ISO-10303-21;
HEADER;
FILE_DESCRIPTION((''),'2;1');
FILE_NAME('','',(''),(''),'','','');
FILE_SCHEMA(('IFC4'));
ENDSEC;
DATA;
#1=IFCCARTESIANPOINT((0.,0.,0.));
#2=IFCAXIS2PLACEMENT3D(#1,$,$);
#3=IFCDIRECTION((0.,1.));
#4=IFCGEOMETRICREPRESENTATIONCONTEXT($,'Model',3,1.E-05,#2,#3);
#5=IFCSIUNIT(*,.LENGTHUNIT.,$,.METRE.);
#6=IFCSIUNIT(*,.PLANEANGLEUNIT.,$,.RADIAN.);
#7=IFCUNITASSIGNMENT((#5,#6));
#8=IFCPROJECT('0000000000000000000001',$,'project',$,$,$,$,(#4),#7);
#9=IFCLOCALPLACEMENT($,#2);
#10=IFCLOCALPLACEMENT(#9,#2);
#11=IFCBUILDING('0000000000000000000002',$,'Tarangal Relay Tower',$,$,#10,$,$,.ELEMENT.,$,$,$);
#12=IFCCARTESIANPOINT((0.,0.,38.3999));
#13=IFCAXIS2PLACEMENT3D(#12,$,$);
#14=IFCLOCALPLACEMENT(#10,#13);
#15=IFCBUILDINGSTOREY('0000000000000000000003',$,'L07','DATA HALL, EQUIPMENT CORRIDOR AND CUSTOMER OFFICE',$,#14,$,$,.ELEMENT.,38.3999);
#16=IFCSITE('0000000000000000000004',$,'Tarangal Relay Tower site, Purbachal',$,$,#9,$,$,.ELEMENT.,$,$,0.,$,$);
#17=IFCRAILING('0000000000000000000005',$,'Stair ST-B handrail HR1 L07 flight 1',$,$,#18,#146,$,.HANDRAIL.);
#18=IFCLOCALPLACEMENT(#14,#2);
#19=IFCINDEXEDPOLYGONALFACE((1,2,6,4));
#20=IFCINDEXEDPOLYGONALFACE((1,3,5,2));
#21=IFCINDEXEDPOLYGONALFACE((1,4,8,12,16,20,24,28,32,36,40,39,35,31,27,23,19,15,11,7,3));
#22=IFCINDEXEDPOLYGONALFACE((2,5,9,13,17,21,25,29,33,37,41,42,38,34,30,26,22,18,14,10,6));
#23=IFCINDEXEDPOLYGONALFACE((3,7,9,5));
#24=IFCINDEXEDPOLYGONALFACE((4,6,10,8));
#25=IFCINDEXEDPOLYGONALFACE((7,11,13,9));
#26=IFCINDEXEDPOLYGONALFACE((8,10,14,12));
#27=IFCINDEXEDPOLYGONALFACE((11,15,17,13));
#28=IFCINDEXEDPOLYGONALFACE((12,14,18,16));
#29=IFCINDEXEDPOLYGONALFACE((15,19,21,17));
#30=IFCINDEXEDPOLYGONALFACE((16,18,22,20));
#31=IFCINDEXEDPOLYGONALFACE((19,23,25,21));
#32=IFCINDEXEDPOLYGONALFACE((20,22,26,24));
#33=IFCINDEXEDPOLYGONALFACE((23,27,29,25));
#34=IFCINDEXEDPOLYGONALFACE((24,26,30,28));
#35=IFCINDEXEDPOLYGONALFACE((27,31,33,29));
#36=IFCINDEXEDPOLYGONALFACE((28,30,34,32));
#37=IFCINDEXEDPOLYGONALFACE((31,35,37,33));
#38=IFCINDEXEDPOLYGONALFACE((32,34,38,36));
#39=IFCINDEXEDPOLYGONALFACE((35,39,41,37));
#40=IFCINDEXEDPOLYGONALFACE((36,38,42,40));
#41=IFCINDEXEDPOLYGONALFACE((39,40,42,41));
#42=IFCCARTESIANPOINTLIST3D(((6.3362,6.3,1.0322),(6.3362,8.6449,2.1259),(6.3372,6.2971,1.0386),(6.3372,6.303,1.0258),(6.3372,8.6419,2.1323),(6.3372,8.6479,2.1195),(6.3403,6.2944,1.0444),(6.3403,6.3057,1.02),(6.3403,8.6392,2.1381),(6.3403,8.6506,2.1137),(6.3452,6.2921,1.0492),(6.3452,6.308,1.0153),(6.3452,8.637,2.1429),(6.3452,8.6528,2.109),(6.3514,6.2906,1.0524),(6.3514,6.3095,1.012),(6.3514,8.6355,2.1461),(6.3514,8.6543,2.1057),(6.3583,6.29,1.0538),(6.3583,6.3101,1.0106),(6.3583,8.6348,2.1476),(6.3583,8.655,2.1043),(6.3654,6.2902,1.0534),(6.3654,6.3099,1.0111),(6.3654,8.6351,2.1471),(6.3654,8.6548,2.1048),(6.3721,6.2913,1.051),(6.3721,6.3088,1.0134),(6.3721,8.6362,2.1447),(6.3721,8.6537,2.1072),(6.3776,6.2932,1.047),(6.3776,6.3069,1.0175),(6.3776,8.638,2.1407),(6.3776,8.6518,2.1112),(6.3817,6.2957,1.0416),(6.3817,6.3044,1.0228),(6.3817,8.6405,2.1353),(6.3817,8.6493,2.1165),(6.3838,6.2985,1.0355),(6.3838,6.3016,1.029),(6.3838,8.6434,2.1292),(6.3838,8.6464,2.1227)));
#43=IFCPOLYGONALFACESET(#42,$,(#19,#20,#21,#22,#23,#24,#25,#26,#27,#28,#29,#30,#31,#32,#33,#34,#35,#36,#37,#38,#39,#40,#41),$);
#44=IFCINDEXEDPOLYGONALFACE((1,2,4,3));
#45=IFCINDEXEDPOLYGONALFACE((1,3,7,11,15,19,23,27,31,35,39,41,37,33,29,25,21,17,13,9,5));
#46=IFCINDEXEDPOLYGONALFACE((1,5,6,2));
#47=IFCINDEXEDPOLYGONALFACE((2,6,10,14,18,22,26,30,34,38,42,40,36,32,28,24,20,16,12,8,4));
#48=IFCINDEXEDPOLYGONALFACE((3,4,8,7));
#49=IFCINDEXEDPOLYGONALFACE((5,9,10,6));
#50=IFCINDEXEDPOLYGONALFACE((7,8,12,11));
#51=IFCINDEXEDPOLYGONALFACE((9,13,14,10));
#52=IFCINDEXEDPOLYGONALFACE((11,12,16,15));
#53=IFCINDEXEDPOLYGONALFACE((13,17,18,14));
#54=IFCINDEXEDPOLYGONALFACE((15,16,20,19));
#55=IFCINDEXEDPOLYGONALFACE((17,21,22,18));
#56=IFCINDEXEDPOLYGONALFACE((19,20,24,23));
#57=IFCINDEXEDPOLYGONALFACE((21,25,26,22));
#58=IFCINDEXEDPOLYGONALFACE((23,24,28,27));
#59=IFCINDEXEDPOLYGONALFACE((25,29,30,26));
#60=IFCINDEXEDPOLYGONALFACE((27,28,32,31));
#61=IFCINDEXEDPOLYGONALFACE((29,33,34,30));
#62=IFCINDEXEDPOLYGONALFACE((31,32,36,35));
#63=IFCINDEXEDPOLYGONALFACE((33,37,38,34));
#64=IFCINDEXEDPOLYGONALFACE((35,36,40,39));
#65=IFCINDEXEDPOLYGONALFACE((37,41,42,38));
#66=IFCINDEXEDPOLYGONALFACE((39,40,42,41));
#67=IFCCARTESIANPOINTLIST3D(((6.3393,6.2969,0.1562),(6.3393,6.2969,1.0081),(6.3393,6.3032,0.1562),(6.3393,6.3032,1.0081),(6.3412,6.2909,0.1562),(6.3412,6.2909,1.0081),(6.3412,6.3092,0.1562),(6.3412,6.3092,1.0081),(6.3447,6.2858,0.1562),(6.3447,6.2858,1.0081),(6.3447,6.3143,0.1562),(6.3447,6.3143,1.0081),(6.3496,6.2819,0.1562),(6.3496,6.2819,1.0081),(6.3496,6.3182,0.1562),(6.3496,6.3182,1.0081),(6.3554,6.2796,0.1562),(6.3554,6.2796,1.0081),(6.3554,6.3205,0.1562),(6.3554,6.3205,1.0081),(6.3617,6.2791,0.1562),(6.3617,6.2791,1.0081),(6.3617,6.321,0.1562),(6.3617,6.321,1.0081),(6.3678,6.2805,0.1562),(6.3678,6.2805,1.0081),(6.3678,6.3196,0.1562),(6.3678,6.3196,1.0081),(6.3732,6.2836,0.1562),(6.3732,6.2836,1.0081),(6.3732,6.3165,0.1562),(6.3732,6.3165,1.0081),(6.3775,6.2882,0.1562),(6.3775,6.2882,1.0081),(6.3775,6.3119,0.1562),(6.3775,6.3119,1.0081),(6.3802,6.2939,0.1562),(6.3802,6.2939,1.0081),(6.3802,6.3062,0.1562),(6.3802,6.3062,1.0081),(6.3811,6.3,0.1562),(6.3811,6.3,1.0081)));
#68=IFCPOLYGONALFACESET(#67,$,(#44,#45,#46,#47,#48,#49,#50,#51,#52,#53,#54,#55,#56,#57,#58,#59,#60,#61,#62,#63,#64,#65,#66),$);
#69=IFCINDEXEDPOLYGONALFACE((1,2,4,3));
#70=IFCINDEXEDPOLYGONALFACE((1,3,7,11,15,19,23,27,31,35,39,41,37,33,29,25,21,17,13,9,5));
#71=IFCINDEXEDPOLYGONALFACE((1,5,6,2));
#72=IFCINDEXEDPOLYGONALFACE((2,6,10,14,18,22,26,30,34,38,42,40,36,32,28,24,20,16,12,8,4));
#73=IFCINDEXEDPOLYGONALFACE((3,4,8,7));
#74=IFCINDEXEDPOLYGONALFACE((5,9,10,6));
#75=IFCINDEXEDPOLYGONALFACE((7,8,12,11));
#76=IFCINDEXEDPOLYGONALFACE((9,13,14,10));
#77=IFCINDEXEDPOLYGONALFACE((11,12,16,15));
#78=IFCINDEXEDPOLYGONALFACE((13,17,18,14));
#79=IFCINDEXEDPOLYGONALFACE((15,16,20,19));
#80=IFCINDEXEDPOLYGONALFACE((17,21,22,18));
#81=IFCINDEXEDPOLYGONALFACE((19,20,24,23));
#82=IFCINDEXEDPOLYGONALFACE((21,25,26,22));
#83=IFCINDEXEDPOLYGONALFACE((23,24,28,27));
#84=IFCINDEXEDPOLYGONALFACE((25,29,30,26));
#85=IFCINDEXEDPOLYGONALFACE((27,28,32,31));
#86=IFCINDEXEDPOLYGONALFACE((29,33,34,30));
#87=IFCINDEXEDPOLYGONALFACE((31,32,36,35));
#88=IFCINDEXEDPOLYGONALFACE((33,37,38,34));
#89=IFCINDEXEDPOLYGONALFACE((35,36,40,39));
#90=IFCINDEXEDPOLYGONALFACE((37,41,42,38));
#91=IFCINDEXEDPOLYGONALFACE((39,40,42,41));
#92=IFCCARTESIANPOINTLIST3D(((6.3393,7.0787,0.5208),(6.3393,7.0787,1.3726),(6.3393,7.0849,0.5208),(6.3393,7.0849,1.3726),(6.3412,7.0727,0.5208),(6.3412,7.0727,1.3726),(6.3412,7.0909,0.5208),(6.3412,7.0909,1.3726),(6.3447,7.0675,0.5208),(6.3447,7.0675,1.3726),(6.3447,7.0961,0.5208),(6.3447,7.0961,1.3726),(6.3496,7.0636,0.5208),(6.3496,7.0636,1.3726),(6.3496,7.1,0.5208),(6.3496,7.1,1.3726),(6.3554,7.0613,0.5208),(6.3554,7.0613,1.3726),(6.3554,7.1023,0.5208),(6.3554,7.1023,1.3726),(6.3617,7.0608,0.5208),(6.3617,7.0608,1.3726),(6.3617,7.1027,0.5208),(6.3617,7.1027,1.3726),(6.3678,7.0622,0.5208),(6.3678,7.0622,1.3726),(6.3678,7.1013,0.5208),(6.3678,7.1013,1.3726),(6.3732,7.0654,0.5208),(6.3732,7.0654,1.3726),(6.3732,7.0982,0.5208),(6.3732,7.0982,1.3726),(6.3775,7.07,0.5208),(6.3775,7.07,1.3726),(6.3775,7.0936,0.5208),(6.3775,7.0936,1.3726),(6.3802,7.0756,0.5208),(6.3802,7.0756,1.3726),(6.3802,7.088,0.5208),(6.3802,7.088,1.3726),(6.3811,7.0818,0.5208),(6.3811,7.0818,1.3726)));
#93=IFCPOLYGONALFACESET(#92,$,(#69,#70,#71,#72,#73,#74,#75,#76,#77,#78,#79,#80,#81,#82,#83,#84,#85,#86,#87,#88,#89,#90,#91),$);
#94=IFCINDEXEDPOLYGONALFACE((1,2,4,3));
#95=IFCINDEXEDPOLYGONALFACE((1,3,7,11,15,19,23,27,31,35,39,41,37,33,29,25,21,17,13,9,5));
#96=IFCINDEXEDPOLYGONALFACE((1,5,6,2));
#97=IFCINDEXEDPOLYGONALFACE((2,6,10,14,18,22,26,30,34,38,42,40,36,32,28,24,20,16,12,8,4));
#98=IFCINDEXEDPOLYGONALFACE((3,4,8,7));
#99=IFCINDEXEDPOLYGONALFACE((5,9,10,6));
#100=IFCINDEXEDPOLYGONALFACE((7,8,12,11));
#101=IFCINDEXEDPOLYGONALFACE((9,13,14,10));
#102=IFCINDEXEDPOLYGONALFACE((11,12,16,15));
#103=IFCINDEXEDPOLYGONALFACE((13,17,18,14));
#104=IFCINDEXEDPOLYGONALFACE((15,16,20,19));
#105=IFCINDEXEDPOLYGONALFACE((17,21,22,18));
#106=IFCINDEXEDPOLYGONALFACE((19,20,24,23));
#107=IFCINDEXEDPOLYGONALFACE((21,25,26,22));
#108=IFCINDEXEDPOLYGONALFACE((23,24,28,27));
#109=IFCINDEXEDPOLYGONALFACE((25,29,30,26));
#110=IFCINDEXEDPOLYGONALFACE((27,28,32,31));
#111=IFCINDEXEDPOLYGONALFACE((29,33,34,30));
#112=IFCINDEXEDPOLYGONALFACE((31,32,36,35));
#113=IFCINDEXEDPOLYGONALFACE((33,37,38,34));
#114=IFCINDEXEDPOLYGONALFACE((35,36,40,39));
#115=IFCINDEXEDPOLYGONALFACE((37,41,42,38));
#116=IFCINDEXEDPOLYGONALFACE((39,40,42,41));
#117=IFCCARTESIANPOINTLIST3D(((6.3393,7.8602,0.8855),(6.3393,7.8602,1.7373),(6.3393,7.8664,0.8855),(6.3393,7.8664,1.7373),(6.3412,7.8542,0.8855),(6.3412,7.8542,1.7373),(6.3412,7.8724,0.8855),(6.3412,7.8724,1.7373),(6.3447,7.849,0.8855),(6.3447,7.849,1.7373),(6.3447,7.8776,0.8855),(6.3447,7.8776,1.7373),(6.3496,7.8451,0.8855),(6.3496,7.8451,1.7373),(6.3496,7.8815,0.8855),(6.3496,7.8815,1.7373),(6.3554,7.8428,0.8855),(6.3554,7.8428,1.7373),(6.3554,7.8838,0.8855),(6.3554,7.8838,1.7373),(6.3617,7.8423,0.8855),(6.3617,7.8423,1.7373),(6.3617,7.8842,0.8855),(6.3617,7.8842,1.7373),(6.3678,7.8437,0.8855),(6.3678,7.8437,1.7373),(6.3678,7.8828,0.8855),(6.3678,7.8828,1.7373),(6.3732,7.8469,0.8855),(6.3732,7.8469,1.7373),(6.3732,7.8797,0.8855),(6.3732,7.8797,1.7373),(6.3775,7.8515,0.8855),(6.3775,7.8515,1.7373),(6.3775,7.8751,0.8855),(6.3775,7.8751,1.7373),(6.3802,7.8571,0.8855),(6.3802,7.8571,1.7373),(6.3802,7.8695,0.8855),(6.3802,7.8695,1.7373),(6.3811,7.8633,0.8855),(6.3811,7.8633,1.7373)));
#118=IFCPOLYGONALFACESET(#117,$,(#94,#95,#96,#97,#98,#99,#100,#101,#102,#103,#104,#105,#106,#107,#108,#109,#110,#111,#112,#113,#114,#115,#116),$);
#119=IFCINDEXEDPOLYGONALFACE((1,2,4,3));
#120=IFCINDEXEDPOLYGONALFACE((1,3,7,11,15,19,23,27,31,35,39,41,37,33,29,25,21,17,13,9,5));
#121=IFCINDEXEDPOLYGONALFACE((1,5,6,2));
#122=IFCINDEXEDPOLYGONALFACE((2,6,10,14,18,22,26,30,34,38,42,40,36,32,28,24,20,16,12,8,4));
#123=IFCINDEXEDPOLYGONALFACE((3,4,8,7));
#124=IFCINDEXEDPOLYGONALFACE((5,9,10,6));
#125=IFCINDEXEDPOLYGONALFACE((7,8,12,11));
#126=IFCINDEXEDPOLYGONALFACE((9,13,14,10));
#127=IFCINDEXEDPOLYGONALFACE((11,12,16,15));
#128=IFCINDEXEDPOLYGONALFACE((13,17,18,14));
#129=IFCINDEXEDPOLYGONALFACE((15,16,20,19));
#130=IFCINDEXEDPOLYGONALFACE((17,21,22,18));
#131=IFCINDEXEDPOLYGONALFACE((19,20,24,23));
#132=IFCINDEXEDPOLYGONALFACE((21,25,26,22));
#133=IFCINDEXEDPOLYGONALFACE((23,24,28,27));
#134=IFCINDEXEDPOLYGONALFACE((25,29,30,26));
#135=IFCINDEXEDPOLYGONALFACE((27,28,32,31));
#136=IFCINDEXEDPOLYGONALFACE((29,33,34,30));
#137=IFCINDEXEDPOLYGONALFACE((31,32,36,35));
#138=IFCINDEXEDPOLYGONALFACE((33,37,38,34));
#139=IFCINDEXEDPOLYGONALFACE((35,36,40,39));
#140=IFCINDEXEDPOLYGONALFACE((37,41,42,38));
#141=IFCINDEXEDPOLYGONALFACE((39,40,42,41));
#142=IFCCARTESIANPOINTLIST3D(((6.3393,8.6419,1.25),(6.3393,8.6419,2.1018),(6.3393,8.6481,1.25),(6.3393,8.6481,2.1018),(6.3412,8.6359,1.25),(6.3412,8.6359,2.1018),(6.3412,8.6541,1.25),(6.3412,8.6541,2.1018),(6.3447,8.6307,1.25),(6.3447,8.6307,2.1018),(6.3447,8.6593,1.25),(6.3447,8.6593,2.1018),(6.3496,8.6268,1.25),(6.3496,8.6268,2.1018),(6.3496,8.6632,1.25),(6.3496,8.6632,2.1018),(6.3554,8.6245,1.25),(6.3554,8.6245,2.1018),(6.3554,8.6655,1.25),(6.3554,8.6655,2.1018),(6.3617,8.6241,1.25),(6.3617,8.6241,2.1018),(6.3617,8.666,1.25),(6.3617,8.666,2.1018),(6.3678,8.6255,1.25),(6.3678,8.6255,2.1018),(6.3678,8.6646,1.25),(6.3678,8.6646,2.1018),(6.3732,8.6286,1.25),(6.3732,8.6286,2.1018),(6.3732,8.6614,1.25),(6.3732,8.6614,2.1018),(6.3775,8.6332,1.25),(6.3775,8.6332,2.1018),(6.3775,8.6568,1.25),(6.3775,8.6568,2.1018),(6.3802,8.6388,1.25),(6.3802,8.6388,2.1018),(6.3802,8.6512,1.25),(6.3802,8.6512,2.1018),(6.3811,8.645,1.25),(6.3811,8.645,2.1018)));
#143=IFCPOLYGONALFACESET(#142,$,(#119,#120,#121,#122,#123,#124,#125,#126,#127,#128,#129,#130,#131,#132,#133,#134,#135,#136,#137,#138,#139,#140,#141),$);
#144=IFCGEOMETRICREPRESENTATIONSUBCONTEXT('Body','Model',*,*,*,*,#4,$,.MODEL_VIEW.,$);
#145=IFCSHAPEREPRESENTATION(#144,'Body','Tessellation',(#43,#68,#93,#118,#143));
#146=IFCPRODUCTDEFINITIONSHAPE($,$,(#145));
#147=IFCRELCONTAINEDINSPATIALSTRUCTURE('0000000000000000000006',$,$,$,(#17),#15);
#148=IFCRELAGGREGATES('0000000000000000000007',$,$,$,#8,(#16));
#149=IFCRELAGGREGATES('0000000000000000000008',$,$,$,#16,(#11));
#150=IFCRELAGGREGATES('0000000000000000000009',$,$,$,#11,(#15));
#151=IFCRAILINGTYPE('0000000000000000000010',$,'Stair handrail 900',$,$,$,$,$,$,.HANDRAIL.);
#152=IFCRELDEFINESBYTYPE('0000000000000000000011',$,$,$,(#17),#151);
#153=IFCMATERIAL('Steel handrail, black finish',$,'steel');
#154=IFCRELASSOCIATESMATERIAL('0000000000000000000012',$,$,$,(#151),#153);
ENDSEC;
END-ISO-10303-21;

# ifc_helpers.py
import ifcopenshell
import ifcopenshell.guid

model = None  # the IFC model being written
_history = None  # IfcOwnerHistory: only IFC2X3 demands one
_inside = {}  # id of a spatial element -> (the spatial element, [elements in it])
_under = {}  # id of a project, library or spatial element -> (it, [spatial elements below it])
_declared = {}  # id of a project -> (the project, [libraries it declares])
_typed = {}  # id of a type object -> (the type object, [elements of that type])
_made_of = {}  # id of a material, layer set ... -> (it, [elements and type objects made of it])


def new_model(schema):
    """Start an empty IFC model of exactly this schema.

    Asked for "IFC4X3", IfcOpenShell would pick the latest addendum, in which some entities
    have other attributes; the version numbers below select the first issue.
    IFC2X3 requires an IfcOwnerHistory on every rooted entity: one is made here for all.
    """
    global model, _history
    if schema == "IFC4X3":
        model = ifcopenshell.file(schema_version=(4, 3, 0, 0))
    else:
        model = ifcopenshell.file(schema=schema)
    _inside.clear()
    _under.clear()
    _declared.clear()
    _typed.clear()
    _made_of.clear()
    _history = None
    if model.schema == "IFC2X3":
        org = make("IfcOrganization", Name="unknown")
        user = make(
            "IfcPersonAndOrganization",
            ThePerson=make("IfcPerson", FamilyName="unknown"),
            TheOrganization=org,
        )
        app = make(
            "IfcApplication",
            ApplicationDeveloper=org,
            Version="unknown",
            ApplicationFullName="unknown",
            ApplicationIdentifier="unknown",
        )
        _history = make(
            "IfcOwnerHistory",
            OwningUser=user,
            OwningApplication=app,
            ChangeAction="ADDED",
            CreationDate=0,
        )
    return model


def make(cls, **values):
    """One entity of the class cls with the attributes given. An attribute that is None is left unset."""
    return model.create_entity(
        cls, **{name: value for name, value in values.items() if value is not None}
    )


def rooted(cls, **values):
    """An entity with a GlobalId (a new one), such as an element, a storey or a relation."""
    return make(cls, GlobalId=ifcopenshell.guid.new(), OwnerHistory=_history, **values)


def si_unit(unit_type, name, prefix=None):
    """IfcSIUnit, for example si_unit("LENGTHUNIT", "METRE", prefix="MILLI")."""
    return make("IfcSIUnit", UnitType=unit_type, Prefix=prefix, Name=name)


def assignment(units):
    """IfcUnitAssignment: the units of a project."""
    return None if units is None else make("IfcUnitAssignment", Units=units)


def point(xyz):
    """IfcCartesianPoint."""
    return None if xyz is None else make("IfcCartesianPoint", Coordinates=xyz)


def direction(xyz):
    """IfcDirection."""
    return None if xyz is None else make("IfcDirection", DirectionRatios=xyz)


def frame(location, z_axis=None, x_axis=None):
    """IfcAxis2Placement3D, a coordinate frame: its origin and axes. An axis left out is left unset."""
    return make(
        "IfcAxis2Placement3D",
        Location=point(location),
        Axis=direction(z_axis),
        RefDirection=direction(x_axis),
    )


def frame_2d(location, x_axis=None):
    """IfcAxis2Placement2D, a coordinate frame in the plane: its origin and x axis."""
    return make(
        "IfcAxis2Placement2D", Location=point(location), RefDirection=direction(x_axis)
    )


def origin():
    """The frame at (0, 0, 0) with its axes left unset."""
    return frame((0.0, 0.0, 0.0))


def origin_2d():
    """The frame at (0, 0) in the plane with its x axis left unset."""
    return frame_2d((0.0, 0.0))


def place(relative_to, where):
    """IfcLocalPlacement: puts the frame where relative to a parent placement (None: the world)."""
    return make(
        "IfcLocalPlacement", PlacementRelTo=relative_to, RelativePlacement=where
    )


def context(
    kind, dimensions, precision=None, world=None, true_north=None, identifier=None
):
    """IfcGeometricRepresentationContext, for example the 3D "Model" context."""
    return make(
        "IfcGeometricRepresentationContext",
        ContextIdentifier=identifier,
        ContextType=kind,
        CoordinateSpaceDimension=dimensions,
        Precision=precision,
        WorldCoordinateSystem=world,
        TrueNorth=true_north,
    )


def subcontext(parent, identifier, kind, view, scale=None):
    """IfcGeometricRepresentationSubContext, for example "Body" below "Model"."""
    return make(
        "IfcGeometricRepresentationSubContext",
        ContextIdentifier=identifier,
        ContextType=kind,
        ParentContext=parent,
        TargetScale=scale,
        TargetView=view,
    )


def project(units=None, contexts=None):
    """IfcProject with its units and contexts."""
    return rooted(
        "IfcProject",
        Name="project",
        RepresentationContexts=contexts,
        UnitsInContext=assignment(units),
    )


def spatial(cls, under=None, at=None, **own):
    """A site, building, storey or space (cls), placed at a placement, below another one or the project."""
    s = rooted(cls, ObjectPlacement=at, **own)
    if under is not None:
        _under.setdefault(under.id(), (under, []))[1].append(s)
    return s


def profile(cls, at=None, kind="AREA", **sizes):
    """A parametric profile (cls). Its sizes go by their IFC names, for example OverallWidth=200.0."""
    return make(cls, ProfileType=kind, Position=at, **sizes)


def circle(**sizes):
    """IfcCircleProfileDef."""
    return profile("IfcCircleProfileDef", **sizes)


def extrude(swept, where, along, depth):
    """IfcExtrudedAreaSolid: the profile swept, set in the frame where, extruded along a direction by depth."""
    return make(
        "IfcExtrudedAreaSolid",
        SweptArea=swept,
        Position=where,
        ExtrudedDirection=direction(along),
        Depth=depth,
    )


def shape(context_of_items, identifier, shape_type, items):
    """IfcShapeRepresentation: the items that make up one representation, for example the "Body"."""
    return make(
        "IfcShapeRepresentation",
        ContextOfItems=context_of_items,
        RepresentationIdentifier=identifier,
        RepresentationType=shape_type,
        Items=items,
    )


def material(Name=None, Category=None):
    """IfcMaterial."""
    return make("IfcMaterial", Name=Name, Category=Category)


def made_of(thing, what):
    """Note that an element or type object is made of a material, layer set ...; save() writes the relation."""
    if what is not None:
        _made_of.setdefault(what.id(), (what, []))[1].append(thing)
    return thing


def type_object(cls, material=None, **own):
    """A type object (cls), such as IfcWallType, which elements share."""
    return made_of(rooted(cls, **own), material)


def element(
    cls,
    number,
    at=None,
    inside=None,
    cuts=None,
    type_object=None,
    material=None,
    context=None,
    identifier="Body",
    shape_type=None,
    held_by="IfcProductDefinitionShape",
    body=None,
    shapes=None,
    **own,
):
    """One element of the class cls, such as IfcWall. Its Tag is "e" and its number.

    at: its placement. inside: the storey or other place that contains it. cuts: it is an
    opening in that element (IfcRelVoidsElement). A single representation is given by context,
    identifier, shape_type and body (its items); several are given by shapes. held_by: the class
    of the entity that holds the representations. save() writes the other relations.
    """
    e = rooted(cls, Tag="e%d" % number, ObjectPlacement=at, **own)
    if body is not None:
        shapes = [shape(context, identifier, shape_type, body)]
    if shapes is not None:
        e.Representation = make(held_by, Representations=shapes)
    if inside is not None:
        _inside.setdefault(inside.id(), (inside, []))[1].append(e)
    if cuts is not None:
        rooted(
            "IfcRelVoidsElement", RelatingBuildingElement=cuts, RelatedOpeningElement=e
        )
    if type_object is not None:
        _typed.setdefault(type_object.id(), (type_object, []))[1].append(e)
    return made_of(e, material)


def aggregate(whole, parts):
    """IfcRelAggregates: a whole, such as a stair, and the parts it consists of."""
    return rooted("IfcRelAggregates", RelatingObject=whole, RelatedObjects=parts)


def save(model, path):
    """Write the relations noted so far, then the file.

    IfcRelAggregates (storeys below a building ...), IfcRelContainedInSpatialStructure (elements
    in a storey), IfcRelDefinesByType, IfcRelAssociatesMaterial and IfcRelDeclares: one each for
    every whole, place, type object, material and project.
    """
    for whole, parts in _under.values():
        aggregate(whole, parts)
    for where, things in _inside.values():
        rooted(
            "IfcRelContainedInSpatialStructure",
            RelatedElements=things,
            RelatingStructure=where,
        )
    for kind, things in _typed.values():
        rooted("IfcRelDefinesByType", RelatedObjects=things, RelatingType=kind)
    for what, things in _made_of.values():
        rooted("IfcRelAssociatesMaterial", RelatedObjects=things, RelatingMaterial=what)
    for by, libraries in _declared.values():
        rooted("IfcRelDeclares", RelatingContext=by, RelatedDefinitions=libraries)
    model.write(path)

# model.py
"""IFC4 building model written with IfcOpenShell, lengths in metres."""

from ifc_helpers import new_model, si_unit, direction, frame, origin, origin_2d, place, context, subcontext, project, spatial, circle, extrude, material, type_object, element, save


model = new_model("IFC4")

# Units and contexts
model_context = context("Model", 3, precision=1e-05, world=origin(), true_north=direction((0.0, 1.0)))
body_context = subcontext(model_context, "Body", "Model", "MODEL_VIEW")
ifc_project = project(units=[si_unit("LENGTHUNIT", "METRE"), si_unit("PLANEANGLEUNIT", "RADIAN")], contexts=[model_context])

# Site, building, storey
site_placement = place(None, origin())
site = spatial("IfcSite", under=ifc_project, at=site_placement, Name="Tarangal Relay Tower site, Purbachal", CompositionType="ELEMENT", RefElevation=0.0)
building_placement = place(site_placement, origin())
building = spatial("IfcBuilding", under=site, at=building_placement, Name="Tarangal Relay Tower", CompositionType="ELEMENT")
storey_placement = place(building_placement, frame((0.0, 0.0, 38.3999)))
storey = spatial("IfcBuildingStorey", under=building, at=storey_placement, Name="L07", Description="DATA HALL, EQUIPMENT CORRIDOR AND CUSTOMER OFFICE", CompositionType="ELEMENT", Elevation=38.3999)

# Railing
ifc_material_1 = material(Name="Steel handrail, black finish", Category="steel")
railing_type_1 = type_object("IfcRailingType", Name="Stair handrail 900", PredefinedType="HANDRAIL", material=ifc_material_1)
for number, where, name in (
    (1, (6.3601, 6.3, 0.1562), "Stair ST-B handrail HR1 L07 flight 1"),
):
    element("IfcRailing", number, at=place(storey_placement, frame(where)), inside=storey, type_object=railing_type_1, Name=name, PredefinedType="HANDRAIL", context=body_context, shape_type="SweptSolid", body=[
        extrude(circle(Radius=0.0239, at=origin_2d()), frame((0.0, 0.0, 0.876), z_axis=(0.0, 0.906267, 0.422705), x_axis=(-1.0, 0.0, 0.0)), (0.0, 0.0, 1.0), 2.5874),
        extrude(circle(Radius=0.021, at=origin_2d()), origin(), (0.0, 0.0, 1.0), 0.8518),
        extrude(circle(Radius=0.021, at=origin_2d()), frame((0.0, 0.7817, 0.3645)), (0.0, 0.0, 1.0), 0.8518),
        extrude(circle(Radius=0.021, at=origin_2d()), frame((0.0, 1.5632, 0.7292)), (0.0, 0.0, 1.0), 0.8518),
        extrude(circle(Radius=0.021, at=origin_2d()), frame((0.0, 2.345, 1.0938)), (0.0, 0.0, 1.0), 0.8518),
    ])

save(model, "model.ifc")
